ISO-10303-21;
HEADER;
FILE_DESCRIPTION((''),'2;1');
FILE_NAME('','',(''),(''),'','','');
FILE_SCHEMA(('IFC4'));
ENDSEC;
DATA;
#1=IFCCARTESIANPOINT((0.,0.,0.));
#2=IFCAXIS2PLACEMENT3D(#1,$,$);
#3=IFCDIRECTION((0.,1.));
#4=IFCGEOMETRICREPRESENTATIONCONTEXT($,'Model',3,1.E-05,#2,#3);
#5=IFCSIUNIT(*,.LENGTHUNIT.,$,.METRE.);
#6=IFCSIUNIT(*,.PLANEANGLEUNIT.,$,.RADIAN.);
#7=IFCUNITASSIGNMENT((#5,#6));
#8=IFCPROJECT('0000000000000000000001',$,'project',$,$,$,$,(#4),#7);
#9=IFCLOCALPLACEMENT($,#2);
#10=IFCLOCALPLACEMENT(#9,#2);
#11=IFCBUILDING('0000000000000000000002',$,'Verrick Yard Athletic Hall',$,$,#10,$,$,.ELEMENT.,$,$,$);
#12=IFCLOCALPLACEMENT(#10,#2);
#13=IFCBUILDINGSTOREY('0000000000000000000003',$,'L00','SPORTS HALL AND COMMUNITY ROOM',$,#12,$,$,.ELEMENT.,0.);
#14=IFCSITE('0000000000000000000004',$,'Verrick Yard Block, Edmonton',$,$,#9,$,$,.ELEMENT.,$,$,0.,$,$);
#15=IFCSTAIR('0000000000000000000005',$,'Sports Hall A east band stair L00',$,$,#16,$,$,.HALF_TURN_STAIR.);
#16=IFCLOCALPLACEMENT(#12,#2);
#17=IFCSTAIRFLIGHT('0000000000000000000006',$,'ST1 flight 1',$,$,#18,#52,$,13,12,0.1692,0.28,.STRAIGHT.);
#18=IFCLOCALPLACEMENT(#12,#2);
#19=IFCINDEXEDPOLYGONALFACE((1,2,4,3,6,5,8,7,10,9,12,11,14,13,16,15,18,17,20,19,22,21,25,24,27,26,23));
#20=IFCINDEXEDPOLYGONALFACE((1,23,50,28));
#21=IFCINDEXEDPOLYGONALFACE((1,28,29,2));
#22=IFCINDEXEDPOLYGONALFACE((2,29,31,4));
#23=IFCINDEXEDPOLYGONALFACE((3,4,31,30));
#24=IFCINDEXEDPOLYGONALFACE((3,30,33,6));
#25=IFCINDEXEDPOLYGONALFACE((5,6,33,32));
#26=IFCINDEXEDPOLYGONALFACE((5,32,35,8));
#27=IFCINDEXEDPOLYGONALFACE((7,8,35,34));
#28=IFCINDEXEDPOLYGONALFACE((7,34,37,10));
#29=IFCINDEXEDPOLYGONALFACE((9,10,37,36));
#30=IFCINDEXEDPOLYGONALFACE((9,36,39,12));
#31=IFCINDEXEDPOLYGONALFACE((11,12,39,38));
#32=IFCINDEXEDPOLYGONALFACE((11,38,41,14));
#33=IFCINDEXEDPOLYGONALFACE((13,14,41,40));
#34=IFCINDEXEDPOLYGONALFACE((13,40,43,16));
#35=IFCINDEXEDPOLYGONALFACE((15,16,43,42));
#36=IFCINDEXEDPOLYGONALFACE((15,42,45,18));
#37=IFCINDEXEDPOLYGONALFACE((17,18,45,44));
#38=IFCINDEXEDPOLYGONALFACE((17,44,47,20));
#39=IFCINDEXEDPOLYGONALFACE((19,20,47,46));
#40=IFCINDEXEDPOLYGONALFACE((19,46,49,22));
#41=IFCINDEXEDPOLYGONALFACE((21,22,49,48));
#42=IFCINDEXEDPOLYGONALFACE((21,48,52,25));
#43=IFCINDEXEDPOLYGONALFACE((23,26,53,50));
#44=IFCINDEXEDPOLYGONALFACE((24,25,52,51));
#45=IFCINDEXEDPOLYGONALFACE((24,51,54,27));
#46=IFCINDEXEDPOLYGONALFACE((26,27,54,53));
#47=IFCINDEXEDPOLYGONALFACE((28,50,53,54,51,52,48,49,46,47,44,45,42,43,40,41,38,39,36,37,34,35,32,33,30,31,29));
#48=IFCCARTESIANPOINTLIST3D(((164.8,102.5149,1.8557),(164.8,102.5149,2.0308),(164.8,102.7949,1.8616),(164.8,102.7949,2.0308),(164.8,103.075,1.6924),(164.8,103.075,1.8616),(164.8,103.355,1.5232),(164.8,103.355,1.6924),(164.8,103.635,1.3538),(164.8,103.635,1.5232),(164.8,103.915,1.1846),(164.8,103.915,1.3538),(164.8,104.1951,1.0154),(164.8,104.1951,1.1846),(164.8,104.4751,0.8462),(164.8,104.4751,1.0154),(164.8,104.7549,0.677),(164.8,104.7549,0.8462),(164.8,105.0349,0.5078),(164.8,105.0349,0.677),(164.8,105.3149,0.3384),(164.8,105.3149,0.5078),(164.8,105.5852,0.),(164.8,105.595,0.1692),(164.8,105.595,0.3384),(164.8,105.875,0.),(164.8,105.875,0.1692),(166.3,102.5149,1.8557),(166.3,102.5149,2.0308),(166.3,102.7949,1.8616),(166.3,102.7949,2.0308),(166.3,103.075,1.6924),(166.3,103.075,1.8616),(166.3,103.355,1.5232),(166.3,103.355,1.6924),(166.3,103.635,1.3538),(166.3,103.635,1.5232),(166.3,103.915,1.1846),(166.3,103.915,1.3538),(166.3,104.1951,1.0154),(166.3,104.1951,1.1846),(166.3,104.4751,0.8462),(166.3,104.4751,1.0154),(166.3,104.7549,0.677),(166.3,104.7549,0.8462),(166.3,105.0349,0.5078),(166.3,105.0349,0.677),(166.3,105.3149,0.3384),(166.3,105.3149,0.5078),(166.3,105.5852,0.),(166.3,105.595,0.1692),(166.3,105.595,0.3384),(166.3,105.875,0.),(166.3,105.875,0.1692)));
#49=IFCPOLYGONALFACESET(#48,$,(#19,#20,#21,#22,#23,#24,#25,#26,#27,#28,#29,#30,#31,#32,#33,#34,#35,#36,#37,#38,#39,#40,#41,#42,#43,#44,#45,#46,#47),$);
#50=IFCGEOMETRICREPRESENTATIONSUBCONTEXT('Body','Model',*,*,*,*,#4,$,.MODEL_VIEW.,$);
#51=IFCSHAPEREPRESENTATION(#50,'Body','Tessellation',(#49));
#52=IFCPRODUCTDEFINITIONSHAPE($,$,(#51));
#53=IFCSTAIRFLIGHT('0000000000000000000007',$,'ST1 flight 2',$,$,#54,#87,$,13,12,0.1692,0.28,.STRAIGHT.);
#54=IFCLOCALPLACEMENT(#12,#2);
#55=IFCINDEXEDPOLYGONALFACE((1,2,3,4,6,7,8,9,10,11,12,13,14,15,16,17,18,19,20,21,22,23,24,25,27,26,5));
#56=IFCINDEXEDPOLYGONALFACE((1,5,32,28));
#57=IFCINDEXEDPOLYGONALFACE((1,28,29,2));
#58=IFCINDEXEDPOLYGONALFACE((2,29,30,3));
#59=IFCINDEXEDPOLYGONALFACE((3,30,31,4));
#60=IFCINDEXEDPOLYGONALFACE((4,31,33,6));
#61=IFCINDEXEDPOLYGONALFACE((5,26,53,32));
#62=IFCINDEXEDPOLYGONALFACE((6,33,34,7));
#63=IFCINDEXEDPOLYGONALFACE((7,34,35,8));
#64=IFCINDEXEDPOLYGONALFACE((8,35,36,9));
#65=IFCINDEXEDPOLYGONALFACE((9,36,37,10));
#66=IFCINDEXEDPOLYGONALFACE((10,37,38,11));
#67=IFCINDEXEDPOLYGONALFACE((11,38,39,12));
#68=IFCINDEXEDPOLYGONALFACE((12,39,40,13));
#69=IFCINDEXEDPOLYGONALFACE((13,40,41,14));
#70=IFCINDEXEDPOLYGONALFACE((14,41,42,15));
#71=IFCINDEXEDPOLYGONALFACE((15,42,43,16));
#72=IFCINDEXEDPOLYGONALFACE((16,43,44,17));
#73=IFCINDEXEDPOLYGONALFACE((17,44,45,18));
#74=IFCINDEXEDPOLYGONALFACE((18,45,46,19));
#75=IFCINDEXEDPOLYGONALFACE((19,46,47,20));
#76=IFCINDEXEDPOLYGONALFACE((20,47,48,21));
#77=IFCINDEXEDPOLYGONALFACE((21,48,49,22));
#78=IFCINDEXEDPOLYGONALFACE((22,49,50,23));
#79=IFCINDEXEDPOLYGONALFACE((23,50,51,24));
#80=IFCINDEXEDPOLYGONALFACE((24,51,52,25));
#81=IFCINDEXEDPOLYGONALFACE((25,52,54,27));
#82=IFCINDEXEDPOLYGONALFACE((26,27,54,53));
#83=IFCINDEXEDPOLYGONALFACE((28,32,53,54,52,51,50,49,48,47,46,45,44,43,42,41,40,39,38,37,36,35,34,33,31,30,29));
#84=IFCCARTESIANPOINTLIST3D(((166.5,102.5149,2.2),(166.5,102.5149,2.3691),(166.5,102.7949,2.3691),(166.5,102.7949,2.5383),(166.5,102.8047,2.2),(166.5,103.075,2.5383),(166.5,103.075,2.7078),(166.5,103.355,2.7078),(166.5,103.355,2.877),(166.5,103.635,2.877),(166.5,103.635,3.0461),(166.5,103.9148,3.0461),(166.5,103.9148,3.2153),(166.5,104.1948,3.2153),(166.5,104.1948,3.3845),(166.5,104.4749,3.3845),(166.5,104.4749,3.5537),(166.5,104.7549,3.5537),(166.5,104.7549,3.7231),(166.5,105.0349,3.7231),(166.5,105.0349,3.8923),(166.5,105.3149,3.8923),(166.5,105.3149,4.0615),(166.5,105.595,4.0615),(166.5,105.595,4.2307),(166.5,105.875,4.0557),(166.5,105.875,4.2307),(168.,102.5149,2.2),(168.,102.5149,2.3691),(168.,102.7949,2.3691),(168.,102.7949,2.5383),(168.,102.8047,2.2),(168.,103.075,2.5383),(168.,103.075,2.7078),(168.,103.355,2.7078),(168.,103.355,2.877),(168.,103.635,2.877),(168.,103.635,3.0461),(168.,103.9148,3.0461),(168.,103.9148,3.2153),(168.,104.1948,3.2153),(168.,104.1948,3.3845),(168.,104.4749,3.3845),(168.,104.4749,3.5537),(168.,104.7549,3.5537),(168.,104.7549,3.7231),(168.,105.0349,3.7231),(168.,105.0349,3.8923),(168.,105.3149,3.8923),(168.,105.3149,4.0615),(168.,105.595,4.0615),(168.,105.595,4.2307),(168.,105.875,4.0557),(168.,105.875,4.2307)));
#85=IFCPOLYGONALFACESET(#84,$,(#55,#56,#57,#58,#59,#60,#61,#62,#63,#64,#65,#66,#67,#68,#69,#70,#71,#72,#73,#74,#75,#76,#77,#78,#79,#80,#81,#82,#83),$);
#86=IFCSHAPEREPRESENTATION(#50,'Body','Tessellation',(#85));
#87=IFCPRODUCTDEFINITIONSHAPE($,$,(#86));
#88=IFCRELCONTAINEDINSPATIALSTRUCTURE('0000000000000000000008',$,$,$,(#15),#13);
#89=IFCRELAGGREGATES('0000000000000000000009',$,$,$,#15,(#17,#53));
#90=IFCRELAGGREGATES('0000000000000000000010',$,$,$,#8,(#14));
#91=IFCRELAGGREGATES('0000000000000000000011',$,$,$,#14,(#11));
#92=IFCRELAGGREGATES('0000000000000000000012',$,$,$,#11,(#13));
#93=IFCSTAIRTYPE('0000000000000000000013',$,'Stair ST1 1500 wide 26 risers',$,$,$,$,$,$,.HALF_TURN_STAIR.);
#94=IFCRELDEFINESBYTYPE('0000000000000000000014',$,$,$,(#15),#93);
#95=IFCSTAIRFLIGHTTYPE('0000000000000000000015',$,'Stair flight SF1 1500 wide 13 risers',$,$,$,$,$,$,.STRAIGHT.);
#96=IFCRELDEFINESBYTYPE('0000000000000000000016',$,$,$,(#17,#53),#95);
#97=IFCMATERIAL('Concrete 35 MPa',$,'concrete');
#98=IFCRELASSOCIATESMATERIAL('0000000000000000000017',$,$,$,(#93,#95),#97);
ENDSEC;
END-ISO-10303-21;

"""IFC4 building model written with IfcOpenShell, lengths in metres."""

from ifc_helpers import new_model, si_unit, direction, frame, origin, place, context, subcontext, project, spatial, polyline, outline, extrude, material, type_object, element, aggregate, save


model = new_model("IFC4")

# Units and contexts
model_context = context("Model", 3, precision=1e-05, world=origin(), true_north=direction((0.0, 1.0)))
body_context = subcontext(model_context, "Body", "Model", "MODEL_VIEW")
ifc_project = project(units=[si_unit("LENGTHUNIT", "METRE"), si_unit("PLANEANGLEUNIT", "RADIAN")], contexts=[model_context])

# Site, building, storey
site_placement = place(None, origin())
site = spatial("IfcSite", under=ifc_project, at=site_placement, Name="Verrick Yard Block, Edmonton", CompositionType="ELEMENT", RefElevation=0.0)
building_placement = place(site_placement, origin())
building = spatial("IfcBuilding", under=site, at=building_placement, Name="Verrick Yard Athletic Hall", CompositionType="ELEMENT")
storey_placement = place(building_placement, origin())
storey = spatial("IfcBuildingStorey", under=building, at=storey_placement, Name="L00", Description="SPORTS HALL AND COMMUNITY ROOM", CompositionType="ELEMENT", Elevation=0.0)

# Shared definitions
ifc_material_1 = material(Name="Concrete 35 MPa", Category="concrete")

# Stair, stair flights
stair_type = type_object("IfcStairType", Name="Stair ST1 1500 wide 26 risers", PredefinedType="HALF_TURN_STAIR", material=ifc_material_1)
stair_placement = place(storey_placement, origin())
stair = element("IfcStair", 1, at=stair_placement, inside=storey, type_object=stair_type, Name="Sports Hall A east band stair L00", PredefinedType="HALF_TURN_STAIR")
stair_flight_type = type_object("IfcStairFlightType", Name="Stair flight SF1 1500 wide 13 risers", PredefinedType="STRAIGHT", material=ifc_material_1)
stair_flight_1_placement = place(storey_placement, frame((165.55, 105.875, 0.0), z_axis=(0.0, 0.0, 1.0), x_axis=(0.0, -1.0, 0.0)))
stair_flight_1 = element("IfcStairFlight", 2, at=stair_flight_1_placement, type_object=stair_flight_type, Name="ST1 flight 1", NumberOfRisers=13, NumberOfTreads=12, PredefinedType="STRAIGHT", RiserHeight=0.1692, TreadLength=0.28, context=body_context, shape_type="SweptSolid", body=[
    extrude(outline(polyline([(0.0, 0.0), (0.0, 0.1692), (0.28, 0.1692), (0.28, 0.3384), (0.5601, 0.3384), (0.5601, 0.5078), (0.8401, 0.5078), (0.8401, 0.677), (1.1201, 0.677), (1.1201, 0.8462), (1.3999, 0.8462), (1.3999, 1.0154), (1.6799, 1.0154), (1.6799, 1.1846), (1.96, 1.1846), (1.96, 1.3538), (2.24, 1.3538), (2.24, 1.5232), (2.52, 1.5232), (2.52, 1.6924), (2.8, 1.6924), (2.8, 1.8616), (3.0801, 1.8616), (3.0801, 2.0308), (3.3601, 2.0308), (3.3601, 2.2), (3.3601, 1.8557), (0.2898, 0.0), (0.0, 0.0)])), frame((0.0, 0.75, 0.0), z_axis=(0.0, -1.0, 0.0), x_axis=(1.0, 0.0, 0.0)), (0.0, 0.0, 1.0), 1.5),
])
stair_flight_2_placement = place(storey_placement, frame((167.25, 102.5149, 2.2), z_axis=(0.0, 0.0, 1.0), x_axis=(0.0, 1.0, 0.0)))
stair_flight_2 = element("IfcStairFlight", 3, at=stair_flight_2_placement, type_object=stair_flight_type, Name="ST1 flight 2", NumberOfRisers=13, NumberOfTreads=12, PredefinedType="STRAIGHT", RiserHeight=0.1692, TreadLength=0.28, context=body_context, shape_type="SweptSolid", body=[
    extrude(outline(polyline([(0.0, 0.0), (0.0, 0.1692), (0.28, 0.1692), (0.28, 0.3384), (0.5601, 0.3384), (0.5601, 0.5078), (0.8401, 0.5078), (0.8401, 0.677), (1.1201, 0.677), (1.1201, 0.8462), (1.3999, 0.8462), (1.3999, 1.0154), (1.6799, 1.0154), (1.6799, 1.1846), (1.96, 1.1846), (1.96, 1.3538), (2.24, 1.3538), (2.24, 1.5232), (2.52, 1.5232), (2.52, 1.6924), (2.8, 1.6924), (2.8, 1.8616), (3.0801, 1.8616), (3.0801, 2.0308), (3.3601, 2.0308), (3.3601, 2.2), (3.3601, 1.8557), (0.2898, 0.0), (0.0, 0.0)])), frame((0.0, 0.75, 0.0), z_axis=(0.0, -1.0, 0.0), x_axis=(1.0, 0.0, 0.0)), (0.0, 0.0, 1.0), 1.5),
])
aggregate(stair, [stair_flight_1, stair_flight_2])

save(model, "model.ifc")
